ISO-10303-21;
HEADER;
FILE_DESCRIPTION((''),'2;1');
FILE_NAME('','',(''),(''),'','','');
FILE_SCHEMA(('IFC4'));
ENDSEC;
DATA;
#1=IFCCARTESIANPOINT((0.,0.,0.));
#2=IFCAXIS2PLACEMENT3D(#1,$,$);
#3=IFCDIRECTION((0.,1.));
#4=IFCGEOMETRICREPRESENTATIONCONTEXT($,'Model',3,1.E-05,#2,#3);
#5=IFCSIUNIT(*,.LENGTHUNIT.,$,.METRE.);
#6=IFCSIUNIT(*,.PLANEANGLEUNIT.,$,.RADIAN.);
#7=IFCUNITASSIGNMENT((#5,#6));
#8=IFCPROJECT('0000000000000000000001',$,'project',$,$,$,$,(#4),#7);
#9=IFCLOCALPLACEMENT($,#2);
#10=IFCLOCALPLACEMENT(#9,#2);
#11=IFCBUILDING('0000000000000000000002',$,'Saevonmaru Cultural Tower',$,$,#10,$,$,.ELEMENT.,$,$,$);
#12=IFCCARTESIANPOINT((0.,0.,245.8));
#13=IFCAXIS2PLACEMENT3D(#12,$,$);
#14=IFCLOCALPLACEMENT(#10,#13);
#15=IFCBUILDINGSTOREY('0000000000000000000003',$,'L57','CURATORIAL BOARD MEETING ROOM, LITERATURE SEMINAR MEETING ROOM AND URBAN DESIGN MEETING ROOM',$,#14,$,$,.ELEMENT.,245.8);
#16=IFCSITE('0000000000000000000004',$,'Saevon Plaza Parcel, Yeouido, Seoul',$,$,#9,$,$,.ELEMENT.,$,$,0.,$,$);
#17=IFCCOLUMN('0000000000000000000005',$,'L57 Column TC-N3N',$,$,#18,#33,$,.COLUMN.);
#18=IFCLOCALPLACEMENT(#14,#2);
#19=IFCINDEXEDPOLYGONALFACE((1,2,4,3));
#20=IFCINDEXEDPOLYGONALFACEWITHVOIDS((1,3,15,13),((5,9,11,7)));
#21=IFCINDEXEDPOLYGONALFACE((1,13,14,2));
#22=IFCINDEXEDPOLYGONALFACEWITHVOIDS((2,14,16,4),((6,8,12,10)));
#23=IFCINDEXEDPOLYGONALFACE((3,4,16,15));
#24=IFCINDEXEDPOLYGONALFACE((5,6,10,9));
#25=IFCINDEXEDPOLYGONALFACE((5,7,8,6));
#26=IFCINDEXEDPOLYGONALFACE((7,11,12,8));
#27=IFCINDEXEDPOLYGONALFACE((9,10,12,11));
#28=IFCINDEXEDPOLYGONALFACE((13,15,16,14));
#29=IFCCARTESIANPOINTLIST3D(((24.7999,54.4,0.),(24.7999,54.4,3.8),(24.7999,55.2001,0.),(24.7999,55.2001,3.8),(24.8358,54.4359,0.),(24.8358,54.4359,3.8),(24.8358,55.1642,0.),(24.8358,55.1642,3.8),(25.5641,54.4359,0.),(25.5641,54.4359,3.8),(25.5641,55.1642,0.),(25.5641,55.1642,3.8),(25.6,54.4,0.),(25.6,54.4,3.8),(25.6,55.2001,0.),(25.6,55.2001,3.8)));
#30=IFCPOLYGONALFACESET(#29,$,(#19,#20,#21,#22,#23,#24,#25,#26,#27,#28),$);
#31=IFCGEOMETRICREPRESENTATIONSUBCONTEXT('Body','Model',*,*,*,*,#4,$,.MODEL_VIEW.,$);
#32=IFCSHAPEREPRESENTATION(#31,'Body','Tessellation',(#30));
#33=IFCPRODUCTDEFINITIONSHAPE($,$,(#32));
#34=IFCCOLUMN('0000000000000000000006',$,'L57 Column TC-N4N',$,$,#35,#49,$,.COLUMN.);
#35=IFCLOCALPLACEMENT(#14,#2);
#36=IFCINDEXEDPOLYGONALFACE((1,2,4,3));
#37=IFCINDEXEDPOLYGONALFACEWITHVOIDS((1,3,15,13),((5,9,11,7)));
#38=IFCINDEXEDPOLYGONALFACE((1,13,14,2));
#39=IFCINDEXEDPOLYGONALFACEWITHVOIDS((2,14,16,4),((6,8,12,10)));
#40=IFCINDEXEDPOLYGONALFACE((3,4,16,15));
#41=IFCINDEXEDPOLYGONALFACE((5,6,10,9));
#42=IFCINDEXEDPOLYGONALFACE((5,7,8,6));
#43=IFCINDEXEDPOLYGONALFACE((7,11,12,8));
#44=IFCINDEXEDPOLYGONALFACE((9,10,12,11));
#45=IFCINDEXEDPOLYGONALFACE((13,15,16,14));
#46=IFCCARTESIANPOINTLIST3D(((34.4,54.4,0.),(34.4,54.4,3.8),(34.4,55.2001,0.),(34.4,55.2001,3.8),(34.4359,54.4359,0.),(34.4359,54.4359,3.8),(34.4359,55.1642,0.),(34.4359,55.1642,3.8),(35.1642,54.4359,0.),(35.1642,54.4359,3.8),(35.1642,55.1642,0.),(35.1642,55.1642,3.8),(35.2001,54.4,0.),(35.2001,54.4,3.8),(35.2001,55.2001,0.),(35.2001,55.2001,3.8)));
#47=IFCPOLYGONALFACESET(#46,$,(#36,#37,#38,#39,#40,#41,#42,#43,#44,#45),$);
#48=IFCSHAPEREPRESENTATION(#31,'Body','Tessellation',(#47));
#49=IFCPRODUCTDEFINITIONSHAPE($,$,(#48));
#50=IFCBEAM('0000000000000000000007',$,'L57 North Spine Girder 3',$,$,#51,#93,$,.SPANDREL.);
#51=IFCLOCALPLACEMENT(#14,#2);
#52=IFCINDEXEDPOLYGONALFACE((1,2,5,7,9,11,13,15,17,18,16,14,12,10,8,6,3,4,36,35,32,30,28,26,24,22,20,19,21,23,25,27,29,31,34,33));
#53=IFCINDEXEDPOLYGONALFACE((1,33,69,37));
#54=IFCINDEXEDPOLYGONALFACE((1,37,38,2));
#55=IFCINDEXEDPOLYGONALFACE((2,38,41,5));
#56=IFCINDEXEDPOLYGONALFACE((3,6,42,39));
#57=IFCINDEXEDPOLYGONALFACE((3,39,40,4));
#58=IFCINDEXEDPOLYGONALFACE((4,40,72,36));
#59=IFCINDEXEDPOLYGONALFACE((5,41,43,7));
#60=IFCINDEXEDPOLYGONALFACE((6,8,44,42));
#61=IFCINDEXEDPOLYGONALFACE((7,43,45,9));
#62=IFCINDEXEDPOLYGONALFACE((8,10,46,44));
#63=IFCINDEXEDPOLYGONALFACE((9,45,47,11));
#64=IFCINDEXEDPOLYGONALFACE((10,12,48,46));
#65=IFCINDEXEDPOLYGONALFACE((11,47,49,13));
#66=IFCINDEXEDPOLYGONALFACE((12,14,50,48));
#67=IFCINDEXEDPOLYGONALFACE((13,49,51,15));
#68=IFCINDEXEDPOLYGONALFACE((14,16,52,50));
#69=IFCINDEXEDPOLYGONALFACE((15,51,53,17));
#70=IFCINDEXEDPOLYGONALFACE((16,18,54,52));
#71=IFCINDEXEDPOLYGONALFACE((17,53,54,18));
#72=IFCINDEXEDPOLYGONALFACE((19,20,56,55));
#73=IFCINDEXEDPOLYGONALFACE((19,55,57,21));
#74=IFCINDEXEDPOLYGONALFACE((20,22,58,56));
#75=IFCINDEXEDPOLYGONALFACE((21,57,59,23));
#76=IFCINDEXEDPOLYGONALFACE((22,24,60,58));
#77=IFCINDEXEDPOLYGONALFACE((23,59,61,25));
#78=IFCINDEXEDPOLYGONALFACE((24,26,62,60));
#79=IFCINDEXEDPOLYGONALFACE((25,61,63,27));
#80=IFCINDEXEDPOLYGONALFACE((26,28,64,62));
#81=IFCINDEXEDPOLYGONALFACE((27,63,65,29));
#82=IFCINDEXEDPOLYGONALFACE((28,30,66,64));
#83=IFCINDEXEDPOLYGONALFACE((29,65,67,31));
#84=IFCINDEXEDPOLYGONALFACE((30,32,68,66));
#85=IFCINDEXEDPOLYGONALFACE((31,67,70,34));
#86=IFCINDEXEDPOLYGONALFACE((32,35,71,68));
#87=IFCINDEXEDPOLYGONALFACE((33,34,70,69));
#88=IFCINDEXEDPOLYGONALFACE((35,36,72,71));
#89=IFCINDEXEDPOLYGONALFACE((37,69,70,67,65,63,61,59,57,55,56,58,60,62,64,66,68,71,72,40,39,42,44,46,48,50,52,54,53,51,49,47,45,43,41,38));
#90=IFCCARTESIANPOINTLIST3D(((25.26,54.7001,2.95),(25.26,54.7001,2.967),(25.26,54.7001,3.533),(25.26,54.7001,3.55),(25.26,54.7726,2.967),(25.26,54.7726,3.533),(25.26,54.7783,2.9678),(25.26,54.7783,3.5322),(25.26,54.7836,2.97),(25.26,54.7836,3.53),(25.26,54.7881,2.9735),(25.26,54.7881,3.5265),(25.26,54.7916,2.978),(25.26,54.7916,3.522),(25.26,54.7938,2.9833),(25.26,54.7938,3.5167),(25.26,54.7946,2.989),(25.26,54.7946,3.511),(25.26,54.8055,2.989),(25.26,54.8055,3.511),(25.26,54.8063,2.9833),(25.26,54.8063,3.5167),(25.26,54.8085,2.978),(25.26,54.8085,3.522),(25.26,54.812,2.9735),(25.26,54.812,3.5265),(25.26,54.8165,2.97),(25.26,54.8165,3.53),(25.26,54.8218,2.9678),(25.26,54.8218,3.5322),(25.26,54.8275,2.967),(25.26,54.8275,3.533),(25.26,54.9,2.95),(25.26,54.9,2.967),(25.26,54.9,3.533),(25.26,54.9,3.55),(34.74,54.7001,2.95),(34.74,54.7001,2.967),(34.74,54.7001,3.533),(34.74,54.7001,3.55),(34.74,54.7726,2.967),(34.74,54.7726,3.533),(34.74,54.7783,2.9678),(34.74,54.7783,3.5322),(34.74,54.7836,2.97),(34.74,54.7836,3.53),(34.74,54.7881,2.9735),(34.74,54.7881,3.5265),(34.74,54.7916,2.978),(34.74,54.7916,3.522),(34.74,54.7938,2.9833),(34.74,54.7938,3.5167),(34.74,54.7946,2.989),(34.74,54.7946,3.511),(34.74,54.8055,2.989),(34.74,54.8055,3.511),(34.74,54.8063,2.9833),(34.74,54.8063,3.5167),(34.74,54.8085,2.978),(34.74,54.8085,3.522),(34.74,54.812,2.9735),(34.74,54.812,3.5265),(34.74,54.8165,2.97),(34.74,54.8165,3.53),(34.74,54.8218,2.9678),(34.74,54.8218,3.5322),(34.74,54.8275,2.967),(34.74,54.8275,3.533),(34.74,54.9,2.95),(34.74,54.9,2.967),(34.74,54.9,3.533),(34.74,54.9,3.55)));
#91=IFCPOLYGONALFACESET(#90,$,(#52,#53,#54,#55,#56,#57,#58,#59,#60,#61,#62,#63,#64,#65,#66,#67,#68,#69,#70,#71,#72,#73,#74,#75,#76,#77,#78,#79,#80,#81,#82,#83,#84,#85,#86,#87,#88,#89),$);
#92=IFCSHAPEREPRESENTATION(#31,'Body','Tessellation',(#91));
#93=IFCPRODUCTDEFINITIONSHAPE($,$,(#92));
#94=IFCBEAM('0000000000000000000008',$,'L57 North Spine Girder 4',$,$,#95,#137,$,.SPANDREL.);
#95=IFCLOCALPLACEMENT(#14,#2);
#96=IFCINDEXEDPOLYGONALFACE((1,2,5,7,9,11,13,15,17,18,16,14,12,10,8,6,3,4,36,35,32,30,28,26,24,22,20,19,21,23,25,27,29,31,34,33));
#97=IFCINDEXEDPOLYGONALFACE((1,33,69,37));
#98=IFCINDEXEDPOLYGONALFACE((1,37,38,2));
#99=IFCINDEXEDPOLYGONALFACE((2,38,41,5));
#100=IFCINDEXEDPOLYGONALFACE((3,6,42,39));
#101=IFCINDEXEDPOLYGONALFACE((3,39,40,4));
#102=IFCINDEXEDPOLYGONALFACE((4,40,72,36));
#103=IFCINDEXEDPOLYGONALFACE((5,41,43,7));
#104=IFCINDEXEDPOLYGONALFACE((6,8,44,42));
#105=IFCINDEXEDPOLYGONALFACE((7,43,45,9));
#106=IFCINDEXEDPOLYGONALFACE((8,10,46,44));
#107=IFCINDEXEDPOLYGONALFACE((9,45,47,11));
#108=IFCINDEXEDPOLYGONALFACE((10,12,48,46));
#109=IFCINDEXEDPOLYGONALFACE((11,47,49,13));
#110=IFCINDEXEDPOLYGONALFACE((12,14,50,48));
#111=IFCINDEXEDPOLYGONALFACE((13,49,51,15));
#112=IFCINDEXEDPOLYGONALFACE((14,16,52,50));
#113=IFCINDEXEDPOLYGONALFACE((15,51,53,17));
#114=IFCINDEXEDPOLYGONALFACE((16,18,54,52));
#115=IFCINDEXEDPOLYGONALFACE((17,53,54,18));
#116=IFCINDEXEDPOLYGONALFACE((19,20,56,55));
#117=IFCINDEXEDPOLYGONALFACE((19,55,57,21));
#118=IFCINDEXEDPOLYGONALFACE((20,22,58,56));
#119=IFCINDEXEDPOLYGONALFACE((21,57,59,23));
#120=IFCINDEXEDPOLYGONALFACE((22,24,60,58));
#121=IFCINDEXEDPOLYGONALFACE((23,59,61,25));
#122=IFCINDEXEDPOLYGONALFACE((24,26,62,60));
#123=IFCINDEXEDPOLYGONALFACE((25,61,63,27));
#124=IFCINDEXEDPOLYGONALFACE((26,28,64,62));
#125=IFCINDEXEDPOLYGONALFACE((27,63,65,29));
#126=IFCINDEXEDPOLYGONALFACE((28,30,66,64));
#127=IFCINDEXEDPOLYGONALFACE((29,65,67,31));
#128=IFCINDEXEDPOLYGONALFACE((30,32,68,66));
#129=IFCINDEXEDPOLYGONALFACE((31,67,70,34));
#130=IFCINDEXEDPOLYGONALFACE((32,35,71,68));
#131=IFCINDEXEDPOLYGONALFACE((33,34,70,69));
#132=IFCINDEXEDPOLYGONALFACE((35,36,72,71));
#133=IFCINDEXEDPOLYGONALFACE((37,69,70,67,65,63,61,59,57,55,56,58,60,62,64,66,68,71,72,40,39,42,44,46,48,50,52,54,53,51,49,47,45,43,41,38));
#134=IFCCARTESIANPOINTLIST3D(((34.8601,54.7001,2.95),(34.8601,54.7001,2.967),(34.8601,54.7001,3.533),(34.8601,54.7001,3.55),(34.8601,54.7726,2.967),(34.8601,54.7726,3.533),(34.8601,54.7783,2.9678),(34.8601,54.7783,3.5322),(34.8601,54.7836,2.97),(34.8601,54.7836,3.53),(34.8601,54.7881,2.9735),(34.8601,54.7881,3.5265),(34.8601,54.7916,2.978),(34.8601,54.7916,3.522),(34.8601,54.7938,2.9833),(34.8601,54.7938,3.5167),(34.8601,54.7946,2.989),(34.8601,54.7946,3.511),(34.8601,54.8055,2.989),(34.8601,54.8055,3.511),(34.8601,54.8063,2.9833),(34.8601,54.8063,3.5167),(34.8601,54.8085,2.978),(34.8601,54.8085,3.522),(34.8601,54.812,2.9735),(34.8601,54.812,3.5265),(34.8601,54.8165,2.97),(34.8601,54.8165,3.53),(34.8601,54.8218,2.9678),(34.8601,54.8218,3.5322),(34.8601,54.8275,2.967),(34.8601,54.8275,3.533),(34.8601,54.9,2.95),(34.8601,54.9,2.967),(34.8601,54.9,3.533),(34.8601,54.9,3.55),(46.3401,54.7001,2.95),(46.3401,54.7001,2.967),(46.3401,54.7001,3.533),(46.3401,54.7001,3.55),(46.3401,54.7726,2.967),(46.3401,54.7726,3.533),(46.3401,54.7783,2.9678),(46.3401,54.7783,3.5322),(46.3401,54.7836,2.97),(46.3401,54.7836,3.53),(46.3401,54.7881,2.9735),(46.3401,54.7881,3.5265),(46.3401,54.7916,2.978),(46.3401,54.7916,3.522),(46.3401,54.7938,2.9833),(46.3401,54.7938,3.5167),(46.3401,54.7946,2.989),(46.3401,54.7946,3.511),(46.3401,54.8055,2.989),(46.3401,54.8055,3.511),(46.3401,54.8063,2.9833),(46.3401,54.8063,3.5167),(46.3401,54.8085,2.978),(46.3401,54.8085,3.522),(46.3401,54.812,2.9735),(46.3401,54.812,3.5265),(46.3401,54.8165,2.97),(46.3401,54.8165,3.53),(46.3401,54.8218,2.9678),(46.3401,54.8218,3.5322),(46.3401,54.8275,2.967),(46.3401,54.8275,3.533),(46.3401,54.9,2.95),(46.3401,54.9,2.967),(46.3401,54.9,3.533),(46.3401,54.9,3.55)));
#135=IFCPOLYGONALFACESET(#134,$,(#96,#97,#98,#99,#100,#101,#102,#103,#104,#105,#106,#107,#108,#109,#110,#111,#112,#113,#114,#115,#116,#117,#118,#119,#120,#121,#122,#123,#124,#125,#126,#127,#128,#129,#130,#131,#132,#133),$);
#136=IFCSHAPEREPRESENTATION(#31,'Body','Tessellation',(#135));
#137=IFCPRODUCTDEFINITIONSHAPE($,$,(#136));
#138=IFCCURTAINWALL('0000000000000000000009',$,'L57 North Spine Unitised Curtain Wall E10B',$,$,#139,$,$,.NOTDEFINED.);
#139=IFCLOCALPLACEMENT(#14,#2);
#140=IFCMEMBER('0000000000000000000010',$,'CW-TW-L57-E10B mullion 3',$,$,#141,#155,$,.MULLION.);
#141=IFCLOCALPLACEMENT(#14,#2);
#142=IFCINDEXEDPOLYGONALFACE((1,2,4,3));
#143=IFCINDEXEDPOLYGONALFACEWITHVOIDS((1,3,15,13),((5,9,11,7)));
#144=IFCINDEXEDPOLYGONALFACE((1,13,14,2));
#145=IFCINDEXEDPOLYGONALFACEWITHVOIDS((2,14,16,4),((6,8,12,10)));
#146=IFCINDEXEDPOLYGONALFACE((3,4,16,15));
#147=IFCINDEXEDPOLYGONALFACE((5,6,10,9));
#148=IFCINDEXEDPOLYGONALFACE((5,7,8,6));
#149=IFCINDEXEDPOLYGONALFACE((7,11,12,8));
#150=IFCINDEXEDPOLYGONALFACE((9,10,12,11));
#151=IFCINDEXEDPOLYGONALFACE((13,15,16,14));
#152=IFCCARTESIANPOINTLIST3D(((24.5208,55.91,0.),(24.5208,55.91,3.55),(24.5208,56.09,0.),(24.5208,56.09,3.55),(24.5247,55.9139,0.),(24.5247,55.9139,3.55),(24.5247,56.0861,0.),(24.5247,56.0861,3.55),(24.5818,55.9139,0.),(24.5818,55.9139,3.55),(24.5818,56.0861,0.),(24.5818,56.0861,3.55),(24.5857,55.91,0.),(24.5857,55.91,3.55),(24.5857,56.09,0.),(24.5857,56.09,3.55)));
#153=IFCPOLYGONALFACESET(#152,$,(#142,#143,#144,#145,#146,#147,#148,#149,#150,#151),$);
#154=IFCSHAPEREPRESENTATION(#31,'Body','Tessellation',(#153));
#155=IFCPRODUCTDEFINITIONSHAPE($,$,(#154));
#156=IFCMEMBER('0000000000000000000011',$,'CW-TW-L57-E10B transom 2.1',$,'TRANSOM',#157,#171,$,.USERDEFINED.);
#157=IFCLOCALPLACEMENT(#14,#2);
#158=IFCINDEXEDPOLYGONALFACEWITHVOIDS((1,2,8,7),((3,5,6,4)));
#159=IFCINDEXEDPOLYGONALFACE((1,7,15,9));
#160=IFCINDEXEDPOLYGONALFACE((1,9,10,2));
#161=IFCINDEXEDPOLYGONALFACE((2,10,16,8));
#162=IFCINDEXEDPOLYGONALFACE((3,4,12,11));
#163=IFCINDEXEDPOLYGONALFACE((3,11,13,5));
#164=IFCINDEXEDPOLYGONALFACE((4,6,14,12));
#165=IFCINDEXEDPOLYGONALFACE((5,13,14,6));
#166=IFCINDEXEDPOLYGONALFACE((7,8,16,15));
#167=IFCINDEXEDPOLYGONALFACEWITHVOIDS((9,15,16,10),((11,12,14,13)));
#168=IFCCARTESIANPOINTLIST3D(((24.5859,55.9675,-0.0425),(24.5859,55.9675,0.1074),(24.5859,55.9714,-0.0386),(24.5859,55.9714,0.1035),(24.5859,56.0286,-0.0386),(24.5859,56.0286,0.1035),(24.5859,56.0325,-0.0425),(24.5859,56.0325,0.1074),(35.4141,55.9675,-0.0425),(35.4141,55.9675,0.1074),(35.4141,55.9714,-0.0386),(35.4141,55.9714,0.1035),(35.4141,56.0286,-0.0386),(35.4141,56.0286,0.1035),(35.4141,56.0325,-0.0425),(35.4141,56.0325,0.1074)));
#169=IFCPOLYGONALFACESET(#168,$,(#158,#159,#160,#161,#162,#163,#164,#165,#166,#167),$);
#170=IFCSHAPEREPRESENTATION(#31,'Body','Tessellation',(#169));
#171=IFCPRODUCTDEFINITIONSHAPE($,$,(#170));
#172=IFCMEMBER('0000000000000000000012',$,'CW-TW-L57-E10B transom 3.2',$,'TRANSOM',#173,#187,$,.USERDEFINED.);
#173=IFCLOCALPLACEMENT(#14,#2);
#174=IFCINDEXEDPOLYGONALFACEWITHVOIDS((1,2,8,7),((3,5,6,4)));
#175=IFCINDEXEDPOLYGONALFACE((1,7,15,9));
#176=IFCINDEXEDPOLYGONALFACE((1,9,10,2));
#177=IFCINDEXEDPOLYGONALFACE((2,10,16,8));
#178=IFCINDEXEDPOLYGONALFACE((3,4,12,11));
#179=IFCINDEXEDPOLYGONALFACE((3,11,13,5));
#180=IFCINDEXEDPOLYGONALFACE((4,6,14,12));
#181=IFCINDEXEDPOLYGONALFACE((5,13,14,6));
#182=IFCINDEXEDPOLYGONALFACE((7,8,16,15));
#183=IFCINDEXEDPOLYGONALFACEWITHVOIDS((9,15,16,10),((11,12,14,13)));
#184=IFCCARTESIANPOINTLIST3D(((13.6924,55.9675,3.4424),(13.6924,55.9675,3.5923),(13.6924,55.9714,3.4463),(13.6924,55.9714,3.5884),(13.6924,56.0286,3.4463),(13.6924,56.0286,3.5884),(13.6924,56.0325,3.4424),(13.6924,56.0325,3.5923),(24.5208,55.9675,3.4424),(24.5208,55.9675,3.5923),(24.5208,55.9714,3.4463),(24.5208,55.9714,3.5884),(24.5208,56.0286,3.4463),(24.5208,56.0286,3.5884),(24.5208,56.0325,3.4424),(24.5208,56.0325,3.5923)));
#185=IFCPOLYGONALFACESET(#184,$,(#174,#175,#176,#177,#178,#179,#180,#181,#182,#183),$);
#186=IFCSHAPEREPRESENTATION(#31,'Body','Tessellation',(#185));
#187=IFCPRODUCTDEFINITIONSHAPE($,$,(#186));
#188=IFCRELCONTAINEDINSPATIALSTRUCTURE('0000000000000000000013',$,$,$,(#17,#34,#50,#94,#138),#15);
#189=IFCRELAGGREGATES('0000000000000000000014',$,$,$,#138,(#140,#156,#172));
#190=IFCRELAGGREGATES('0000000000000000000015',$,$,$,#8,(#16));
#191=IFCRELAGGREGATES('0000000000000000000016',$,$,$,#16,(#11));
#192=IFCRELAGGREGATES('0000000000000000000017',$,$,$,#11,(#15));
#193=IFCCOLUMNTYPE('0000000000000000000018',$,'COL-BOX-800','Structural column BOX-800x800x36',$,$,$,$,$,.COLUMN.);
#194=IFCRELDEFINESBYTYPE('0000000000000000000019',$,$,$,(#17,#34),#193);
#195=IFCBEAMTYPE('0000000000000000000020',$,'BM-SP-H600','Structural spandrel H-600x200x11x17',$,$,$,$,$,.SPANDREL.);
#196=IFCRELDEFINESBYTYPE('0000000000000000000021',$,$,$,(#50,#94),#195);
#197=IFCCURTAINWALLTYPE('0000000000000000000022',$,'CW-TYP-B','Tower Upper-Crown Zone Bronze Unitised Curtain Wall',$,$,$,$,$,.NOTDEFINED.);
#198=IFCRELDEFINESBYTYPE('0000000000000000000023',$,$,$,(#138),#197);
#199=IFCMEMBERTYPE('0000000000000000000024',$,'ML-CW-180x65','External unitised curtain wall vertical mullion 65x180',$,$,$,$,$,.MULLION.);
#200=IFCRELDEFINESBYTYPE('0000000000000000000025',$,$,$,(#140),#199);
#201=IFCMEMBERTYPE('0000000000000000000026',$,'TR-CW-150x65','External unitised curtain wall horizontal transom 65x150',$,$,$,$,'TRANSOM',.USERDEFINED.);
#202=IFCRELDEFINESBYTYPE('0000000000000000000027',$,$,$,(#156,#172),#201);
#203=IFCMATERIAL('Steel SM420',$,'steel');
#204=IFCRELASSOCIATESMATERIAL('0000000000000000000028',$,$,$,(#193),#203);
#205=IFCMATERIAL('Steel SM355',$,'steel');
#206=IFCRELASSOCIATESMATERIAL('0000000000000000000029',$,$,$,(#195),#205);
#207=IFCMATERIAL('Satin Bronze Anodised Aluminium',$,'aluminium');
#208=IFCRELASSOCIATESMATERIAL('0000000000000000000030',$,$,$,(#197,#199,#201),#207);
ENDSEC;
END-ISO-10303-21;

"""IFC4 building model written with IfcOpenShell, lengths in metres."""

from ifc_helpers import new_model, si_unit, direction, frame, origin, origin_2d, place, context, subcontext, project, spatial, hollow_rectangle, i_section, extrude, material, material_profile, profile_set, type_object, element, aggregate, save


model = new_model("IFC4")

# Units and contexts
model_context = context("Model", 3, precision=1e-05, world=origin(), true_north=direction((0.0, 1.0)))
body_context = subcontext(model_context, "Body", "Model", "MODEL_VIEW")
ifc_project = project(units=[si_unit("LENGTHUNIT", "METRE"), si_unit("PLANEANGLEUNIT", "RADIAN")], contexts=[model_context])

# Site, building, storey
site_placement = place(None, origin())
site = spatial("IfcSite", under=ifc_project, at=site_placement, Name="Saevon Plaza Parcel, Yeouido, Seoul", CompositionType="ELEMENT", RefElevation=0.0)
building_placement = place(site_placement, origin())
building = spatial("IfcBuilding", under=site, at=building_placement, Name="Saevonmaru Cultural Tower", CompositionType="ELEMENT")
storey_placement = place(building_placement, frame((0.0, 0.0, 245.8)))
storey = spatial("IfcBuildingStorey", under=building, at=storey_placement, Name="L57", Description="CURATORIAL BOARD MEETING ROOM, LITERATURE SEMINAR MEETING ROOM AND URBAN DESIGN MEETING ROOM", CompositionType="ELEMENT", Elevation=245.8)

# Columns
ifc_material_1 = material(Name="Steel SM420", Category="steel")
ifc_material_profile_1 = material_profile(ifc_material_1, hollow_rectangle(XDim=0.8, YDim=0.8, WallThickness=0.0359, at=origin_2d()), Name="BOX-800x800x36")
ifc_profile_set_1 = profile_set([ifc_material_profile_1], Name="Steel SM420")
column_type = type_object("IfcColumnType", Name="COL-BOX-800", Description="Structural column BOX-800x800x36", PredefinedType="COLUMN", material=ifc_profile_set_1)
for number, where, z_axis, x_axis, name in (
    (1, (25.2, 54.8, 0.0), (0.0, 0.0, 1.0), (1.0, 0.0, 0.0), "L57 Column TC-N3N"),
    (2, (34.8, 54.8, 0.0), (0.0, 0.0, 1.0), (1.0, 0.0, 0.0), "L57 Column TC-N4N"),
):
    element("IfcColumn", number, at=place(storey_placement, frame(where, z_axis=z_axis, x_axis=x_axis)), inside=storey, type_object=column_type, Name=name, PredefinedType="COLUMN", context=body_context, shape_type="SweptSolid", body=[
        extrude(hollow_rectangle(XDim=0.8, YDim=0.8, WallThickness=0.0359, at=origin_2d()), origin(), (0.0, 0.0, 1.0), 3.8),
    ])

# Beams
ifc_material_2 = material(Name="Steel SM355", Category="steel")
ifc_material_profile_2 = material_profile(ifc_material_2, i_section(OverallWidth=0.2, OverallDepth=0.6001, WebThickness=0.011, FlangeThickness=0.0171, FilletRadius=0.022, at=origin_2d()), Name="H-600x200x11x17")
ifc_profile_set_2 = profile_set([ifc_material_profile_2], Name="Steel SM355")
beam_type = type_object("IfcBeamType", Name="BM-SP-H600", Description="Structural spandrel H-600x200x11x17", PredefinedType="SPANDREL", material=ifc_profile_set_2)
beam_1_placement = place(storey_placement, frame((25.26, 54.8, 3.25), z_axis=(1.0, 0.0, 0.0), x_axis=(0.0, 1.0, 0.0)))
element("IfcBeam", 3, at=beam_1_placement, inside=storey, type_object=beam_type, Name="L57 North Spine Girder 3", PredefinedType="SPANDREL", context=body_context, shape_type="SweptSolid", body=[
    extrude(i_section(OverallWidth=0.2, OverallDepth=0.6001, WebThickness=0.011, FlangeThickness=0.0171, FilletRadius=0.022, at=origin_2d()), origin(), (0.0, 0.0, 1.0), 9.48),
])
beam_2_placement = place(storey_placement, frame((34.8601, 54.8, 3.25), z_axis=(1.0, 0.0, 0.0), x_axis=(0.0, 1.0, 0.0)))
element("IfcBeam", 4, at=beam_2_placement, inside=storey, type_object=beam_type, Name="L57 North Spine Girder 4", PredefinedType="SPANDREL", context=body_context, shape_type="SweptSolid", body=[
    extrude(i_section(OverallWidth=0.2, OverallDepth=0.6001, WebThickness=0.011, FlangeThickness=0.0171, FilletRadius=0.022, at=origin_2d()), origin(), (0.0, 0.0, 1.0), 11.48),
])

# Curtain wall, members
ifc_material_3 = material(Name="Satin Bronze Anodised Aluminium", Category="aluminium")
curtain_wall_type = type_object("IfcCurtainWallType", Name="CW-TYP-B", Description="Tower Upper-Crown Zone Bronze Unitised Curtain Wall", PredefinedType="NOTDEFINED", material=ifc_material_3)
curtain_wall_placement = place(storey_placement, origin())
curtain_wall = element("IfcCurtainWall", 5, at=curtain_wall_placement, inside=storey, type_object=curtain_wall_type, Name="L57 North Spine Unitised Curtain Wall E10B", PredefinedType="NOTDEFINED")
ifc_material_profile_3 = material_profile(ifc_material_3, hollow_rectangle(XDim=0.0649, YDim=0.1799, WallThickness=0.0039, at=origin_2d()), Name="ALU-MULL-180x65x4")
ifc_profile_set_3 = profile_set([ifc_material_profile_3], Name="Satin Bronze Anodised Aluminium")
member_type_1 = type_object("IfcMemberType", Name="ML-CW-180x65", Description="External unitised curtain wall vertical mullion 65x180", PredefinedType="MULLION", material=ifc_profile_set_3)
member_1_placement = place(storey_placement, frame((24.5532, 56.0, 0.0), z_axis=(0.0, 0.0, 1.0), x_axis=(-1.0, 0.0, 0.0)))
member_1 = element("IfcMember", 6, at=member_1_placement, type_object=member_type_1, Name="CW-TW-L57-E10B mullion 3", PredefinedType="MULLION", context=body_context, shape_type="SweptSolid", body=[
    extrude(hollow_rectangle(XDim=0.0649, YDim=0.1799, WallThickness=0.0039, at=origin_2d()), origin(), (0.0, 0.0, 1.0), 3.55),
])
ifc_material_profile_4 = material_profile(ifc_material_3, hollow_rectangle(XDim=0.0649, YDim=0.1499, WallThickness=0.0039, at=origin_2d()), Name="ALU-TRAN-150x65x4")
ifc_profile_set_4 = profile_set([ifc_material_profile_4], Name="Satin Bronze Anodised Aluminium")
member_type_2 = type_object("IfcMemberType", Name="TR-CW-150x65", Description="External unitised curtain wall horizontal transom 65x150", ElementType="TRANSOM", PredefinedType="USERDEFINED", material=ifc_profile_set_4)
member_2_placement = place(storey_placement, frame((35.4141, 56.0, 0.0325), z_axis=(-1.0, 0.0, 0.0), x_axis=(0.0, -1.0, 0.0)))
member_2 = element("IfcMember", 7, at=member_2_placement, type_object=member_type_2, Name="CW-TW-L57-E10B transom 2.1", ObjectType="TRANSOM", PredefinedType="USERDEFINED", context=body_context, shape_type="SweptSolid", body=[
    extrude(hollow_rectangle(XDim=0.0649, YDim=0.1499, WallThickness=0.0039, at=origin_2d()), origin(), (0.0, 0.0, 1.0), 10.8281),
])
member_3_placement = place(storey_placement, frame((24.5208, 56.0, 3.5173), z_axis=(-1.0, 0.0, 0.0), x_axis=(0.0, -1.0, 0.0)))
member_3 = element("IfcMember", 8, at=member_3_placement, type_object=member_type_2, Name="CW-TW-L57-E10B transom 3.2", ObjectType="TRANSOM", PredefinedType="USERDEFINED", context=body_context, shape_type="SweptSolid", body=[
    extrude(hollow_rectangle(XDim=0.0649, YDim=0.1499, WallThickness=0.0039, at=origin_2d()), origin(), (0.0, 0.0, 1.0), 10.8284),
])
aggregate(curtain_wall, [member_1, member_2, member_3])

save(model, "model.ifc")
